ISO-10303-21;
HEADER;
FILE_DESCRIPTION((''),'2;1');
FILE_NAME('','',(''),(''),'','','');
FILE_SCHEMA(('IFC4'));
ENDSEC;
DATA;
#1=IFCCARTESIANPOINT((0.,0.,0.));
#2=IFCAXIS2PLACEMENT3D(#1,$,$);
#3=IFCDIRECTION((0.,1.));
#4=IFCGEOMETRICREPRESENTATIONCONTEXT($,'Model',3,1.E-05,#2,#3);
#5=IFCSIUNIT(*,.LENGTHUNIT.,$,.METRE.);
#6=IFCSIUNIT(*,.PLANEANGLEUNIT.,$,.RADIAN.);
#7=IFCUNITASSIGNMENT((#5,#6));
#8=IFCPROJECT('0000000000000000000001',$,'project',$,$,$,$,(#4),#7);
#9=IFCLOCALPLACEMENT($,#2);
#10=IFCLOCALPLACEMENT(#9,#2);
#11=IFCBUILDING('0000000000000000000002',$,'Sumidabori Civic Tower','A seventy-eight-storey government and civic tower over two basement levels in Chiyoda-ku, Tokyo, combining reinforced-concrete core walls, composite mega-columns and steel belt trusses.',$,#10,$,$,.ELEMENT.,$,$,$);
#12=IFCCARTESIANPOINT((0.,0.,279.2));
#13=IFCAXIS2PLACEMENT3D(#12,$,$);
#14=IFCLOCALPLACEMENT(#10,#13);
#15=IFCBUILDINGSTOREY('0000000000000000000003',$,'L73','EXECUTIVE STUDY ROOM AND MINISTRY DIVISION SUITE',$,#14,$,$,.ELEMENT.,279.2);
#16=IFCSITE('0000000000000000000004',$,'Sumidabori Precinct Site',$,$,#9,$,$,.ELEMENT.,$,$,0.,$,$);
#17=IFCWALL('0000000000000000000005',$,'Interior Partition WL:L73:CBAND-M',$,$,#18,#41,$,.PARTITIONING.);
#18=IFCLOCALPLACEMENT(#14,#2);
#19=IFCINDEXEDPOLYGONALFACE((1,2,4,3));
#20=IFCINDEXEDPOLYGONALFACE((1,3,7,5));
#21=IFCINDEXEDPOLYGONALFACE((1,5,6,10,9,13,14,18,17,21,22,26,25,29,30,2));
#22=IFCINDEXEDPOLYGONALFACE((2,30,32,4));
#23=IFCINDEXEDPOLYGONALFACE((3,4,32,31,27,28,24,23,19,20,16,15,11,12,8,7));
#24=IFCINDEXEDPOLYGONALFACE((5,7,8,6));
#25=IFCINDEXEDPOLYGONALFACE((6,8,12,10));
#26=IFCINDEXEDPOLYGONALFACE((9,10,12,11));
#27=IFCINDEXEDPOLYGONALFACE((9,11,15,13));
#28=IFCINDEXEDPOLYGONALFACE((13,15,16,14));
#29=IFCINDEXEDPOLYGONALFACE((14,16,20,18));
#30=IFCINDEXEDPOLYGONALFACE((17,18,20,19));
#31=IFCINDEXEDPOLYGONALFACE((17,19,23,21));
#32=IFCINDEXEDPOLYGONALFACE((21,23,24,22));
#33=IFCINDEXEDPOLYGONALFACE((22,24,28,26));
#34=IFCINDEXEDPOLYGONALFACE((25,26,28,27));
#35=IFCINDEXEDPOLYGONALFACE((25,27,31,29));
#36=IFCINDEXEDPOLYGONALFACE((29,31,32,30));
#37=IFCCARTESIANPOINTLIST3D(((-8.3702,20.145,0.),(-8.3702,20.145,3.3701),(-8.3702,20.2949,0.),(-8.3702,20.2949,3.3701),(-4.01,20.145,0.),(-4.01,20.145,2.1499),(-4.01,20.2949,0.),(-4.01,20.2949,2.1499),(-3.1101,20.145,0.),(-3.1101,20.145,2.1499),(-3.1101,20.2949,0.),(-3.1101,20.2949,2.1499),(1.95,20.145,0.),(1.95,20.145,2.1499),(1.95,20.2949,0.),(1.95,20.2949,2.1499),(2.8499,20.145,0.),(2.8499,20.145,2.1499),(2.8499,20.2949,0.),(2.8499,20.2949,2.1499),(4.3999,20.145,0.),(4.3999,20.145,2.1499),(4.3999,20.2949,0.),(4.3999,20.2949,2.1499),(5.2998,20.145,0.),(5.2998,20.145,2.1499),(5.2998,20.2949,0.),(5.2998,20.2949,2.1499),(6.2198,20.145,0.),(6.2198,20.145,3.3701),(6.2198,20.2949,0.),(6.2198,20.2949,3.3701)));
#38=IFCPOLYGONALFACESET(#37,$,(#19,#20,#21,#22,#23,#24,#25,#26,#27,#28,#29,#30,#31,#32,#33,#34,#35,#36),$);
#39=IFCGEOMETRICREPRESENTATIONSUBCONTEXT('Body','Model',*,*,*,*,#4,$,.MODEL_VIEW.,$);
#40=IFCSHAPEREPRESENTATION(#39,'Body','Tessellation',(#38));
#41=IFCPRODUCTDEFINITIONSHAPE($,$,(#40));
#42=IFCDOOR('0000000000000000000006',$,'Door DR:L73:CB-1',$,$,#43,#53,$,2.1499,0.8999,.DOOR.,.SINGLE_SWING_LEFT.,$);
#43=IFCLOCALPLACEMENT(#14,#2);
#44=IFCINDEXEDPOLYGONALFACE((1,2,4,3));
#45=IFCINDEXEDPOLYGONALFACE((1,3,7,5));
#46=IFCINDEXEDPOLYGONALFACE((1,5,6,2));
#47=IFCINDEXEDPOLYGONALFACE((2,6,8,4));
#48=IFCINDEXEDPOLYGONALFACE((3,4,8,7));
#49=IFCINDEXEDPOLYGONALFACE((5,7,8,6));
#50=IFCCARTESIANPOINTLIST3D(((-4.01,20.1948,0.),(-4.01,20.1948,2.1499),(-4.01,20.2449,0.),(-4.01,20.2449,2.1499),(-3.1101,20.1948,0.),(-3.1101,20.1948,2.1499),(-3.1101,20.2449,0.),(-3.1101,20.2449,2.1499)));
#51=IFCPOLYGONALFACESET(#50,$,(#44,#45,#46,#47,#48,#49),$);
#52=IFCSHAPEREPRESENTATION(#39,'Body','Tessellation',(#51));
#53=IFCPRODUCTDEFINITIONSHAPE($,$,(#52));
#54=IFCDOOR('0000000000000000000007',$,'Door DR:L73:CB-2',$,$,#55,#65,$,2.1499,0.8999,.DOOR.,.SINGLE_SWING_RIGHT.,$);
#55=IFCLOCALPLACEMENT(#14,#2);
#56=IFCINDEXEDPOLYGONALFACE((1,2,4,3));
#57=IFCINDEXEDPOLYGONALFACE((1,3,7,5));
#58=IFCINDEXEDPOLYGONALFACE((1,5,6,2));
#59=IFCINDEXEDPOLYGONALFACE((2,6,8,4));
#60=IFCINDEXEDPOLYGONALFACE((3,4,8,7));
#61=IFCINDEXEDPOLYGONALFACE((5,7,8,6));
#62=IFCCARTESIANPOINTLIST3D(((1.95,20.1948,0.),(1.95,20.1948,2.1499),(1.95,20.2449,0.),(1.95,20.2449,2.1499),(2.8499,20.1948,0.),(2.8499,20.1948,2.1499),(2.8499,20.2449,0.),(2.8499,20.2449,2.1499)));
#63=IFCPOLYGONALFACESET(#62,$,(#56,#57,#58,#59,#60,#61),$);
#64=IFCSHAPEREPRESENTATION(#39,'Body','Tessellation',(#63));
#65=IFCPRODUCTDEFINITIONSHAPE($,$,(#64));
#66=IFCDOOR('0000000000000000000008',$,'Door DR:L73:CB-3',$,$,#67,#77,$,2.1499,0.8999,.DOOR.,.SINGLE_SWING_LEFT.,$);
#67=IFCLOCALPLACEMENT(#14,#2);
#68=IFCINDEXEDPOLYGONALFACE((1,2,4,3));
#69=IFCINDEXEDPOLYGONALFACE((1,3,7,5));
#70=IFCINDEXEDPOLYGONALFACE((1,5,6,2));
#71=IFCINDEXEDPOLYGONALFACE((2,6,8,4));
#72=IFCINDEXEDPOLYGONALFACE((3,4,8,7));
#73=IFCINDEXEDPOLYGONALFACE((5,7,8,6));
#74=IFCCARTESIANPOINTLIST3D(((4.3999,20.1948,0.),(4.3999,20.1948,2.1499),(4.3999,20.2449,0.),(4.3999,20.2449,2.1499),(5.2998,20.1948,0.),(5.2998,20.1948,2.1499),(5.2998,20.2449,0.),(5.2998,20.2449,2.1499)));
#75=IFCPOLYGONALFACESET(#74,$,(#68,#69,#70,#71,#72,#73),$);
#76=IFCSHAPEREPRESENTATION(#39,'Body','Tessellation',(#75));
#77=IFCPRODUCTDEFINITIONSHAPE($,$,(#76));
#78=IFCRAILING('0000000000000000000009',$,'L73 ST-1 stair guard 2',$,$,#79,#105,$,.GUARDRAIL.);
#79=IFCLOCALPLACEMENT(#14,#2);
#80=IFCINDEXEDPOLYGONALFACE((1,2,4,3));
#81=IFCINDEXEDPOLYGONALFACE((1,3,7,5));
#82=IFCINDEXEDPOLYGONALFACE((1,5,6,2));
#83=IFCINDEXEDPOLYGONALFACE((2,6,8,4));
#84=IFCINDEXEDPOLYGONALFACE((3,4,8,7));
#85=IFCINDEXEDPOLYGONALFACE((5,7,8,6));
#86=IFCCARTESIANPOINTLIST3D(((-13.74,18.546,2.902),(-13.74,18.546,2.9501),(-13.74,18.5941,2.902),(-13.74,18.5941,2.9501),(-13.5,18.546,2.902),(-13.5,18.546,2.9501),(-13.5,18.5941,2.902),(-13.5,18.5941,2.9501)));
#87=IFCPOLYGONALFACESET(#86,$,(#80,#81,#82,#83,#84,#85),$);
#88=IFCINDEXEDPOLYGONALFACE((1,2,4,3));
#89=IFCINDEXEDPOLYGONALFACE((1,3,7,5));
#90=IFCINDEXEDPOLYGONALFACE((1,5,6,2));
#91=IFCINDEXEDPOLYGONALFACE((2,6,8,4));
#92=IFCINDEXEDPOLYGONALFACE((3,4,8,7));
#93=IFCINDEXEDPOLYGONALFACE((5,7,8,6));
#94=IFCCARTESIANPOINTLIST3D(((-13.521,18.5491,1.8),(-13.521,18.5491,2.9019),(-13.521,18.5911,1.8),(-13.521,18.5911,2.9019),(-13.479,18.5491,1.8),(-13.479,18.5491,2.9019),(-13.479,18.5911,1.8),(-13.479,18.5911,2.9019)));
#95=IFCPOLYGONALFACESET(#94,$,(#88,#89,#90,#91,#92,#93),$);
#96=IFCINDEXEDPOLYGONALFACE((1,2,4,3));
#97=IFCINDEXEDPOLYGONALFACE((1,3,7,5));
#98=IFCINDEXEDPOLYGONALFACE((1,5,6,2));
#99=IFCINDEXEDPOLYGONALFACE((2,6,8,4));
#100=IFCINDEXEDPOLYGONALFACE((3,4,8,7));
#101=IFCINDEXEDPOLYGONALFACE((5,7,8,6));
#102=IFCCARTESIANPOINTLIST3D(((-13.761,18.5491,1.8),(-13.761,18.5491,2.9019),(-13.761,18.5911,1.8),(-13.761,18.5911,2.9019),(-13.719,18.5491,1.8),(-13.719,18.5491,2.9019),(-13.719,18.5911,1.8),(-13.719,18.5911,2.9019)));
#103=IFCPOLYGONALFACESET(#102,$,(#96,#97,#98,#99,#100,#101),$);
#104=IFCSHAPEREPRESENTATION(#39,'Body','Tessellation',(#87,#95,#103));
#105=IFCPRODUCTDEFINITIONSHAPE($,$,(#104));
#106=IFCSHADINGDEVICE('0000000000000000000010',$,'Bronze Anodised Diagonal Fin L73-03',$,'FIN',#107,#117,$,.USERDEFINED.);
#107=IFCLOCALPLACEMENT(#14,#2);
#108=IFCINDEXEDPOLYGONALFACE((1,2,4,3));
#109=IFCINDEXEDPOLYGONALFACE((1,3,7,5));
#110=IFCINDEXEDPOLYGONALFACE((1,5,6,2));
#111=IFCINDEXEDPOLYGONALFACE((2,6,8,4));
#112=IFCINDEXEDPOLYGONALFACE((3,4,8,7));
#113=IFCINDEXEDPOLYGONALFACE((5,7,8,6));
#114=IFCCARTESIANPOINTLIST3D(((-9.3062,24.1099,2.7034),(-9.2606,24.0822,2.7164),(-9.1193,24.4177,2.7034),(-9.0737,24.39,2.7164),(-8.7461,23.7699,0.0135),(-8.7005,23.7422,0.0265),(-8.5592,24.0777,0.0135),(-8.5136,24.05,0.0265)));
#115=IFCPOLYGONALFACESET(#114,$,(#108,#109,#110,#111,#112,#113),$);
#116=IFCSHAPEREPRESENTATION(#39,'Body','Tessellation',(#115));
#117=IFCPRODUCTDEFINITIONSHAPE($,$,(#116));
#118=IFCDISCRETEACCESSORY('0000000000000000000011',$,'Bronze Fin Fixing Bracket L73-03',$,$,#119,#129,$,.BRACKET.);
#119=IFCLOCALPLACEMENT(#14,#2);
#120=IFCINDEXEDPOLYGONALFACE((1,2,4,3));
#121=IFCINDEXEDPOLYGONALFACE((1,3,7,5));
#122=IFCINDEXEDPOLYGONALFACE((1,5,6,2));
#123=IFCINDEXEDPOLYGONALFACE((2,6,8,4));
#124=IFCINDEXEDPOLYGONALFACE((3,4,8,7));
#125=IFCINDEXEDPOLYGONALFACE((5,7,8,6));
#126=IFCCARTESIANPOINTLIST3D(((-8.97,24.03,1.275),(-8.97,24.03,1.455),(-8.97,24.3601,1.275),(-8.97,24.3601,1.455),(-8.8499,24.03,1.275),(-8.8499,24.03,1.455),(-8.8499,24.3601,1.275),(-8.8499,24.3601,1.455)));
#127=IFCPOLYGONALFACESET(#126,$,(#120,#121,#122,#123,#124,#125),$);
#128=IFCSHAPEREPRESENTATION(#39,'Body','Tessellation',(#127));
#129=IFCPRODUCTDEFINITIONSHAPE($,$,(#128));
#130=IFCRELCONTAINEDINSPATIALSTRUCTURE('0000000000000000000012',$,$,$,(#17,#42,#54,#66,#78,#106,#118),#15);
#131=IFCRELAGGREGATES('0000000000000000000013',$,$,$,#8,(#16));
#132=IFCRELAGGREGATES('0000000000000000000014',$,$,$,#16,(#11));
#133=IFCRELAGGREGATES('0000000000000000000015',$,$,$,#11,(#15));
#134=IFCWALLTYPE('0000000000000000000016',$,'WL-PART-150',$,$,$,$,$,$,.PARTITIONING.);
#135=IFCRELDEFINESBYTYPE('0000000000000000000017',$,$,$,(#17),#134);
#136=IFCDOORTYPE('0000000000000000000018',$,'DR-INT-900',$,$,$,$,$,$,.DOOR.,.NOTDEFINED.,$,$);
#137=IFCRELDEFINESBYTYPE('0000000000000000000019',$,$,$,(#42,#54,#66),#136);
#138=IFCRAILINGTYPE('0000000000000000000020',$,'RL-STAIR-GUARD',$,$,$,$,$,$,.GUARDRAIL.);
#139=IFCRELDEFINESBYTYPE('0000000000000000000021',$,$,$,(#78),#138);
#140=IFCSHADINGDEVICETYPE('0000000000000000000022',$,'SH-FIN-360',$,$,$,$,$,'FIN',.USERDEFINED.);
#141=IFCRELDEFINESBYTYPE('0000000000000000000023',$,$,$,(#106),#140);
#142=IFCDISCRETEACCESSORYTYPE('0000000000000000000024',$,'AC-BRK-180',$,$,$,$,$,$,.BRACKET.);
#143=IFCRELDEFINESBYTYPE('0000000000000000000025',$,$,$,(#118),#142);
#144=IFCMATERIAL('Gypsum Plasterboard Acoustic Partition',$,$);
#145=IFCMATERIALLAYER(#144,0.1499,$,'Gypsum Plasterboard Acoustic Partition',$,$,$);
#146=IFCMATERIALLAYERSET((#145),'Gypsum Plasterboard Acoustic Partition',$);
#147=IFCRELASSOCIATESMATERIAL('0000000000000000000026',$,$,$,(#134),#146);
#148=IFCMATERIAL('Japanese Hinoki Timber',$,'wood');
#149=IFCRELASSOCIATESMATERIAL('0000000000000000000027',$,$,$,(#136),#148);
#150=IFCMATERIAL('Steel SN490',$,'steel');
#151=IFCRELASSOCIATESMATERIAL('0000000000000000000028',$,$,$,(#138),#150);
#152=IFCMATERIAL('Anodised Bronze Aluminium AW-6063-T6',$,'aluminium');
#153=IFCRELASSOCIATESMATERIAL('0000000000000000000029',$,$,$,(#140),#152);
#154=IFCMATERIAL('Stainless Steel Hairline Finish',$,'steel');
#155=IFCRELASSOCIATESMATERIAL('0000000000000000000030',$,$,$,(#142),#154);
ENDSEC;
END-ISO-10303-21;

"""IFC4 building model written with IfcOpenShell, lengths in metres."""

from ifc_helpers import new_model, si_unit, direction, frame, frame_2d, origin, origin_2d, place, context, subcontext, project, spatial, rectangle, extrude, source, transform, mapped, material, layer, layer_set, material_profile, profile_set, type_object, element, fill, save


model = new_model("IFC4")

# Units and contexts
model_context = context("Model", 3, precision=1e-05, world=origin(), true_north=direction((0.0, 1.0)))
body_context = subcontext(model_context, "Body", "Model", "MODEL_VIEW")
ifc_project = project(units=[si_unit("LENGTHUNIT", "METRE"), si_unit("PLANEANGLEUNIT", "RADIAN")], contexts=[model_context])

# Site, building, storey
site_placement = place(None, origin())
site = spatial("IfcSite", under=ifc_project, at=site_placement, Name="Sumidabori Precinct Site", CompositionType="ELEMENT", RefElevation=0.0)
building_placement = place(site_placement, origin())
building = spatial("IfcBuilding", under=site, at=building_placement, Name="Sumidabori Civic Tower", Description="A seventy-eight-storey government and civic tower over two basement levels in Chiyoda-ku, Tokyo, combining reinforced-concrete core walls, composite mega-columns and steel belt trusses.", CompositionType="ELEMENT")
storey_placement = place(building_placement, frame((0.0, 0.0, 279.2)))
storey = spatial("IfcBuildingStorey", under=building, at=storey_placement, Name="L73", Description="EXECUTIVE STUDY ROOM AND MINISTRY DIVISION SUITE", CompositionType="ELEMENT", Elevation=279.2)

# Shared definitions
ifc_material_1 = material(Name="Anodised Bronze Aluminium AW-6063-T6", Category="aluminium")

# Shared definitions
ifc_material_2 = material(Name="Gypsum Plasterboard Acoustic Partition")
ifc_layer_1 = layer(ifc_material_2, 0.1499, Name="Gypsum Plasterboard Acoustic Partition")
ifc_layer_set_1 = layer_set([ifc_layer_1], Name="Gypsum Plasterboard Acoustic Partition")
wall_type_1 = type_object("IfcWallType", Name="WL-PART-150", PredefinedType="PARTITIONING", material=ifc_layer_set_1)

# Wall, openings, doors
shared_shape_1 = source(origin(), body_context, "Body", "SweptSolid", [
    extrude(rectangle(XDim=14.5901, YDim=0.1499, at=frame_2d((7.2949, 0.0))), origin(), (0.0, 0.0, 1.0), 3.3701),
])
wall_1_placement = place(storey_placement, frame((-8.3701, 20.22, 0.0), z_axis=(0.0, 0.0, 1.0), x_axis=(1.0, 0.0, 0.0)))
wall_1 = element("IfcWall", 1, at=wall_1_placement, inside=storey, type_object=wall_type_1, Name="Interior Partition WL:L73:CBAND-M", PredefinedType="PARTITIONING", context=body_context, shape_type="MappedRepresentation", body=[
    mapped(shared_shape_1, transform((0.0, 0.0, 0.0), x_axis=(1.0, 0.0, 0.0), y_axis=(0.0, 1.0, 0.0), z_axis=(0.0, 0.0, 1.0), scale=1.0)),
])
opening_1_placement = place(wall_1_placement, frame((4.3601, 0.0, 0.0)))
opening_1 = element("IfcOpeningElement", 2, at=opening_1_placement, cuts=wall_1, PredefinedType="OPENING", context=body_context, shape_type="SweptSolid", body=[
    extrude(rectangle(XDim=0.8999, YDim=2.1499, at=frame_2d((0.45, 1.075))), frame((0.0, 0.0869, 0.0), z_axis=(0.0, -1.0, 0.0), x_axis=(1.0, 0.0, 0.0)), (0.0, 0.0, 1.0), 0.1738),
])
opening_2_placement = place(wall_1_placement, frame((10.3201, 0.0, 0.0)))
opening_2 = element("IfcOpeningElement", 3, at=opening_2_placement, cuts=wall_1, PredefinedType="OPENING", context=body_context, shape_type="SweptSolid", body=[
    extrude(rectangle(XDim=0.8999, YDim=2.1499, at=frame_2d((0.45, 1.075))), frame((0.0, 0.0869, 0.0), z_axis=(0.0, -1.0, 0.0), x_axis=(1.0, 0.0, 0.0)), (0.0, 0.0, 1.0), 0.1738),
])
opening_3_placement = place(wall_1_placement, frame((12.77, 0.0, 0.0)))
opening_3 = element("IfcOpeningElement", 4, at=opening_3_placement, cuts=wall_1, PredefinedType="OPENING", context=body_context, shape_type="SweptSolid", body=[
    extrude(rectangle(XDim=0.8999, YDim=2.1499, at=frame_2d((0.45, 1.075))), frame((0.0, 0.0869, 0.0), z_axis=(0.0, -1.0, 0.0), x_axis=(1.0, 0.0, 0.0)), (0.0, 0.0, 1.0), 0.1738),
])
ifc_material_3 = material(Name="Japanese Hinoki Timber", Category="wood")
door_type = type_object("IfcDoorType", Name="DR-INT-900", OperationType="NOTDEFINED", PredefinedType="DOOR", material=ifc_material_3)
shared_shape_2 = source(origin(), body_context, "Body", "SweptSolid", [
    extrude(rectangle(XDim=0.8999, YDim=2.1499, at=frame_2d((0.45, 1.075))), frame((0.0, 0.0249, 0.0), z_axis=(0.0, -1.0, 0.0), x_axis=(1.0, 0.0, 0.0)), (0.0, 0.0, 1.0), 0.05),
])
door_1_placement = place(opening_1_placement, origin())
door_1 = element("IfcDoor", 5, at=door_1_placement, inside=storey, type_object=door_type, Name="Door DR:L73:CB-1", OperationType="SINGLE_SWING_LEFT", OverallHeight=2.1499, OverallWidth=0.8999, PredefinedType="DOOR", context=body_context, shape_type="MappedRepresentation", body=[
    mapped(shared_shape_2, transform((0.0, 0.0, 0.0), x_axis=(1.0, 0.0, 0.0), y_axis=(0.0, 1.0, 0.0), z_axis=(0.0, 0.0, 1.0), scale=1.0)),
])
fill(opening_1, door_1)
door_2_placement = place(opening_2_placement, origin())
door_2 = element("IfcDoor", 6, at=door_2_placement, inside=storey, type_object=door_type, Name="Door DR:L73:CB-2", OperationType="SINGLE_SWING_RIGHT", OverallHeight=2.1499, OverallWidth=0.8999, PredefinedType="DOOR", context=body_context, shape_type="MappedRepresentation", body=[
    mapped(shared_shape_2, transform((0.0, 0.0, 0.0), x_axis=(1.0, 0.0, 0.0), y_axis=(0.0, 1.0, 0.0), z_axis=(0.0, 0.0, 1.0), scale=1.0)),
])
fill(opening_2, door_2)
door_3_placement = place(opening_3_placement, origin())
door_3 = element("IfcDoor", 7, at=door_3_placement, inside=storey, type_object=door_type, Name="Door DR:L73:CB-3", OperationType="SINGLE_SWING_LEFT", OverallHeight=2.1499, OverallWidth=0.8999, PredefinedType="DOOR", context=body_context, shape_type="MappedRepresentation", body=[
    mapped(shared_shape_2, transform((0.0, 0.0, 0.0), x_axis=(1.0, 0.0, 0.0), y_axis=(0.0, 1.0, 0.0), z_axis=(0.0, 0.0, 1.0), scale=1.0)),
])
fill(opening_3, door_3)

# Railing
ifc_material_4 = material(Name="Steel SN490", Category="steel")
railing_type = type_object("IfcRailingType", Name="RL-STAIR-GUARD", PredefinedType="GUARDRAIL", material=ifc_material_4)
railing_placement = place(storey_placement, frame((-13.5, 18.5701, 1.8)))
element("IfcRailing", 8, at=railing_placement, inside=storey, type_object=railing_type, Name="L73 ST-1 stair guard 2", PredefinedType="GUARDRAIL", context=body_context, shape_type="SweptSolid", body=[
    extrude(rectangle(XDim=0.0481, YDim=0.0481, at=origin_2d()), frame((0.0, 0.0, 1.126), z_axis=(-1.0, 0.0, 0.0), x_axis=(0.0, -1.0, 0.0)), (0.0, 0.0, 1.0), 0.24),
    extrude(rectangle(XDim=0.042, YDim=0.042, at=origin_2d()), origin(), (0.0, 0.0, 1.0), 1.1018),
    extrude(rectangle(XDim=0.042, YDim=0.042, at=origin_2d()), frame((-0.24, 0.0, 0.0)), (0.0, 0.0, 1.0), 1.1018),
])

# Shading device
ifc_material_profile_1 = material_profile(ifc_material_1, rectangle(XDim=0.0549, YDim=0.3601, at=origin_2d()), Name="BRONZE FIN 360x55")
ifc_profile_set_1 = profile_set([ifc_material_profile_1], Name="Anodised Bronze Aluminium AW-6063-T6")
shading_device_type = type_object("IfcShadingDeviceType", Name="SH-FIN-360", ElementType="FIN", PredefinedType="USERDEFINED", material=ifc_profile_set_1)
shared_shape_3 = source(origin(), body_context, "Body", "SweptSolid", [
    extrude(rectangle(XDim=0.0549, YDim=0.3601, at=origin_2d()), origin(), (0.0, 0.0, 1.0), 2.7686),
])
shading_device_placement = place(storey_placement, frame((-8.6299, 23.9099, 0.02), z_axis=(-0.20229, 0.122838, 0.971591), x_axis=(0.83047, -0.504291, 0.236665)))
element("IfcShadingDevice", 9, at=shading_device_placement, inside=storey, type_object=shading_device_type, Name="Bronze Anodised Diagonal Fin L73-03", ObjectType="FIN", PredefinedType="USERDEFINED", context=body_context, shape_type="MappedRepresentation", body=[
    mapped(shared_shape_3, transform((0.0, 0.0, 0.0), x_axis=(1.0, 0.0, 0.0), y_axis=(0.0, 1.0, 0.0), z_axis=(0.0, 0.0, 1.0), scale=1.0)),
])

# Discrete accessory
ifc_material_5 = material(Name="Stainless Steel Hairline Finish", Category="steel")
ifc_material_profile_2 = material_profile(ifc_material_5, rectangle(XDim=0.1201, YDim=0.1799, at=origin_2d()), Name="STEEL BRACKET 180x120")
ifc_profile_set_2 = profile_set([ifc_material_profile_2], Name="Stainless Steel Hairline Finish")
discrete_accessory_type = type_object("IfcDiscreteAccessoryType", Name="AC-BRK-180", PredefinedType="BRACKET", material=ifc_profile_set_2)
shared_shape_4 = source(origin(), body_context, "Body", "SweptSolid", [
    extrude(rectangle(XDim=0.1201, YDim=0.1799, at=origin_2d()), origin(), (0.0, 0.0, 1.0), 0.3301),
])
discrete_accessory_placement = place(storey_placement, frame((-8.9099, 24.03, 1.365), z_axis=(0.0, 1.0, 0.0), x_axis=(-1.0, 0.0, 0.0)))
element("IfcDiscreteAccessory", 10, at=discrete_accessory_placement, inside=storey, type_object=discrete_accessory_type, Name="Bronze Fin Fixing Bracket L73-03", PredefinedType="BRACKET", context=body_context, shape_type="MappedRepresentation", body=[
    mapped(shared_shape_4, transform((0.0, 0.0, 0.0), x_axis=(1.0, 0.0, 0.0), y_axis=(0.0, 1.0, 0.0), z_axis=(0.0, 0.0, 1.0), scale=1.0)),
])

save(model, "model.ifc")
